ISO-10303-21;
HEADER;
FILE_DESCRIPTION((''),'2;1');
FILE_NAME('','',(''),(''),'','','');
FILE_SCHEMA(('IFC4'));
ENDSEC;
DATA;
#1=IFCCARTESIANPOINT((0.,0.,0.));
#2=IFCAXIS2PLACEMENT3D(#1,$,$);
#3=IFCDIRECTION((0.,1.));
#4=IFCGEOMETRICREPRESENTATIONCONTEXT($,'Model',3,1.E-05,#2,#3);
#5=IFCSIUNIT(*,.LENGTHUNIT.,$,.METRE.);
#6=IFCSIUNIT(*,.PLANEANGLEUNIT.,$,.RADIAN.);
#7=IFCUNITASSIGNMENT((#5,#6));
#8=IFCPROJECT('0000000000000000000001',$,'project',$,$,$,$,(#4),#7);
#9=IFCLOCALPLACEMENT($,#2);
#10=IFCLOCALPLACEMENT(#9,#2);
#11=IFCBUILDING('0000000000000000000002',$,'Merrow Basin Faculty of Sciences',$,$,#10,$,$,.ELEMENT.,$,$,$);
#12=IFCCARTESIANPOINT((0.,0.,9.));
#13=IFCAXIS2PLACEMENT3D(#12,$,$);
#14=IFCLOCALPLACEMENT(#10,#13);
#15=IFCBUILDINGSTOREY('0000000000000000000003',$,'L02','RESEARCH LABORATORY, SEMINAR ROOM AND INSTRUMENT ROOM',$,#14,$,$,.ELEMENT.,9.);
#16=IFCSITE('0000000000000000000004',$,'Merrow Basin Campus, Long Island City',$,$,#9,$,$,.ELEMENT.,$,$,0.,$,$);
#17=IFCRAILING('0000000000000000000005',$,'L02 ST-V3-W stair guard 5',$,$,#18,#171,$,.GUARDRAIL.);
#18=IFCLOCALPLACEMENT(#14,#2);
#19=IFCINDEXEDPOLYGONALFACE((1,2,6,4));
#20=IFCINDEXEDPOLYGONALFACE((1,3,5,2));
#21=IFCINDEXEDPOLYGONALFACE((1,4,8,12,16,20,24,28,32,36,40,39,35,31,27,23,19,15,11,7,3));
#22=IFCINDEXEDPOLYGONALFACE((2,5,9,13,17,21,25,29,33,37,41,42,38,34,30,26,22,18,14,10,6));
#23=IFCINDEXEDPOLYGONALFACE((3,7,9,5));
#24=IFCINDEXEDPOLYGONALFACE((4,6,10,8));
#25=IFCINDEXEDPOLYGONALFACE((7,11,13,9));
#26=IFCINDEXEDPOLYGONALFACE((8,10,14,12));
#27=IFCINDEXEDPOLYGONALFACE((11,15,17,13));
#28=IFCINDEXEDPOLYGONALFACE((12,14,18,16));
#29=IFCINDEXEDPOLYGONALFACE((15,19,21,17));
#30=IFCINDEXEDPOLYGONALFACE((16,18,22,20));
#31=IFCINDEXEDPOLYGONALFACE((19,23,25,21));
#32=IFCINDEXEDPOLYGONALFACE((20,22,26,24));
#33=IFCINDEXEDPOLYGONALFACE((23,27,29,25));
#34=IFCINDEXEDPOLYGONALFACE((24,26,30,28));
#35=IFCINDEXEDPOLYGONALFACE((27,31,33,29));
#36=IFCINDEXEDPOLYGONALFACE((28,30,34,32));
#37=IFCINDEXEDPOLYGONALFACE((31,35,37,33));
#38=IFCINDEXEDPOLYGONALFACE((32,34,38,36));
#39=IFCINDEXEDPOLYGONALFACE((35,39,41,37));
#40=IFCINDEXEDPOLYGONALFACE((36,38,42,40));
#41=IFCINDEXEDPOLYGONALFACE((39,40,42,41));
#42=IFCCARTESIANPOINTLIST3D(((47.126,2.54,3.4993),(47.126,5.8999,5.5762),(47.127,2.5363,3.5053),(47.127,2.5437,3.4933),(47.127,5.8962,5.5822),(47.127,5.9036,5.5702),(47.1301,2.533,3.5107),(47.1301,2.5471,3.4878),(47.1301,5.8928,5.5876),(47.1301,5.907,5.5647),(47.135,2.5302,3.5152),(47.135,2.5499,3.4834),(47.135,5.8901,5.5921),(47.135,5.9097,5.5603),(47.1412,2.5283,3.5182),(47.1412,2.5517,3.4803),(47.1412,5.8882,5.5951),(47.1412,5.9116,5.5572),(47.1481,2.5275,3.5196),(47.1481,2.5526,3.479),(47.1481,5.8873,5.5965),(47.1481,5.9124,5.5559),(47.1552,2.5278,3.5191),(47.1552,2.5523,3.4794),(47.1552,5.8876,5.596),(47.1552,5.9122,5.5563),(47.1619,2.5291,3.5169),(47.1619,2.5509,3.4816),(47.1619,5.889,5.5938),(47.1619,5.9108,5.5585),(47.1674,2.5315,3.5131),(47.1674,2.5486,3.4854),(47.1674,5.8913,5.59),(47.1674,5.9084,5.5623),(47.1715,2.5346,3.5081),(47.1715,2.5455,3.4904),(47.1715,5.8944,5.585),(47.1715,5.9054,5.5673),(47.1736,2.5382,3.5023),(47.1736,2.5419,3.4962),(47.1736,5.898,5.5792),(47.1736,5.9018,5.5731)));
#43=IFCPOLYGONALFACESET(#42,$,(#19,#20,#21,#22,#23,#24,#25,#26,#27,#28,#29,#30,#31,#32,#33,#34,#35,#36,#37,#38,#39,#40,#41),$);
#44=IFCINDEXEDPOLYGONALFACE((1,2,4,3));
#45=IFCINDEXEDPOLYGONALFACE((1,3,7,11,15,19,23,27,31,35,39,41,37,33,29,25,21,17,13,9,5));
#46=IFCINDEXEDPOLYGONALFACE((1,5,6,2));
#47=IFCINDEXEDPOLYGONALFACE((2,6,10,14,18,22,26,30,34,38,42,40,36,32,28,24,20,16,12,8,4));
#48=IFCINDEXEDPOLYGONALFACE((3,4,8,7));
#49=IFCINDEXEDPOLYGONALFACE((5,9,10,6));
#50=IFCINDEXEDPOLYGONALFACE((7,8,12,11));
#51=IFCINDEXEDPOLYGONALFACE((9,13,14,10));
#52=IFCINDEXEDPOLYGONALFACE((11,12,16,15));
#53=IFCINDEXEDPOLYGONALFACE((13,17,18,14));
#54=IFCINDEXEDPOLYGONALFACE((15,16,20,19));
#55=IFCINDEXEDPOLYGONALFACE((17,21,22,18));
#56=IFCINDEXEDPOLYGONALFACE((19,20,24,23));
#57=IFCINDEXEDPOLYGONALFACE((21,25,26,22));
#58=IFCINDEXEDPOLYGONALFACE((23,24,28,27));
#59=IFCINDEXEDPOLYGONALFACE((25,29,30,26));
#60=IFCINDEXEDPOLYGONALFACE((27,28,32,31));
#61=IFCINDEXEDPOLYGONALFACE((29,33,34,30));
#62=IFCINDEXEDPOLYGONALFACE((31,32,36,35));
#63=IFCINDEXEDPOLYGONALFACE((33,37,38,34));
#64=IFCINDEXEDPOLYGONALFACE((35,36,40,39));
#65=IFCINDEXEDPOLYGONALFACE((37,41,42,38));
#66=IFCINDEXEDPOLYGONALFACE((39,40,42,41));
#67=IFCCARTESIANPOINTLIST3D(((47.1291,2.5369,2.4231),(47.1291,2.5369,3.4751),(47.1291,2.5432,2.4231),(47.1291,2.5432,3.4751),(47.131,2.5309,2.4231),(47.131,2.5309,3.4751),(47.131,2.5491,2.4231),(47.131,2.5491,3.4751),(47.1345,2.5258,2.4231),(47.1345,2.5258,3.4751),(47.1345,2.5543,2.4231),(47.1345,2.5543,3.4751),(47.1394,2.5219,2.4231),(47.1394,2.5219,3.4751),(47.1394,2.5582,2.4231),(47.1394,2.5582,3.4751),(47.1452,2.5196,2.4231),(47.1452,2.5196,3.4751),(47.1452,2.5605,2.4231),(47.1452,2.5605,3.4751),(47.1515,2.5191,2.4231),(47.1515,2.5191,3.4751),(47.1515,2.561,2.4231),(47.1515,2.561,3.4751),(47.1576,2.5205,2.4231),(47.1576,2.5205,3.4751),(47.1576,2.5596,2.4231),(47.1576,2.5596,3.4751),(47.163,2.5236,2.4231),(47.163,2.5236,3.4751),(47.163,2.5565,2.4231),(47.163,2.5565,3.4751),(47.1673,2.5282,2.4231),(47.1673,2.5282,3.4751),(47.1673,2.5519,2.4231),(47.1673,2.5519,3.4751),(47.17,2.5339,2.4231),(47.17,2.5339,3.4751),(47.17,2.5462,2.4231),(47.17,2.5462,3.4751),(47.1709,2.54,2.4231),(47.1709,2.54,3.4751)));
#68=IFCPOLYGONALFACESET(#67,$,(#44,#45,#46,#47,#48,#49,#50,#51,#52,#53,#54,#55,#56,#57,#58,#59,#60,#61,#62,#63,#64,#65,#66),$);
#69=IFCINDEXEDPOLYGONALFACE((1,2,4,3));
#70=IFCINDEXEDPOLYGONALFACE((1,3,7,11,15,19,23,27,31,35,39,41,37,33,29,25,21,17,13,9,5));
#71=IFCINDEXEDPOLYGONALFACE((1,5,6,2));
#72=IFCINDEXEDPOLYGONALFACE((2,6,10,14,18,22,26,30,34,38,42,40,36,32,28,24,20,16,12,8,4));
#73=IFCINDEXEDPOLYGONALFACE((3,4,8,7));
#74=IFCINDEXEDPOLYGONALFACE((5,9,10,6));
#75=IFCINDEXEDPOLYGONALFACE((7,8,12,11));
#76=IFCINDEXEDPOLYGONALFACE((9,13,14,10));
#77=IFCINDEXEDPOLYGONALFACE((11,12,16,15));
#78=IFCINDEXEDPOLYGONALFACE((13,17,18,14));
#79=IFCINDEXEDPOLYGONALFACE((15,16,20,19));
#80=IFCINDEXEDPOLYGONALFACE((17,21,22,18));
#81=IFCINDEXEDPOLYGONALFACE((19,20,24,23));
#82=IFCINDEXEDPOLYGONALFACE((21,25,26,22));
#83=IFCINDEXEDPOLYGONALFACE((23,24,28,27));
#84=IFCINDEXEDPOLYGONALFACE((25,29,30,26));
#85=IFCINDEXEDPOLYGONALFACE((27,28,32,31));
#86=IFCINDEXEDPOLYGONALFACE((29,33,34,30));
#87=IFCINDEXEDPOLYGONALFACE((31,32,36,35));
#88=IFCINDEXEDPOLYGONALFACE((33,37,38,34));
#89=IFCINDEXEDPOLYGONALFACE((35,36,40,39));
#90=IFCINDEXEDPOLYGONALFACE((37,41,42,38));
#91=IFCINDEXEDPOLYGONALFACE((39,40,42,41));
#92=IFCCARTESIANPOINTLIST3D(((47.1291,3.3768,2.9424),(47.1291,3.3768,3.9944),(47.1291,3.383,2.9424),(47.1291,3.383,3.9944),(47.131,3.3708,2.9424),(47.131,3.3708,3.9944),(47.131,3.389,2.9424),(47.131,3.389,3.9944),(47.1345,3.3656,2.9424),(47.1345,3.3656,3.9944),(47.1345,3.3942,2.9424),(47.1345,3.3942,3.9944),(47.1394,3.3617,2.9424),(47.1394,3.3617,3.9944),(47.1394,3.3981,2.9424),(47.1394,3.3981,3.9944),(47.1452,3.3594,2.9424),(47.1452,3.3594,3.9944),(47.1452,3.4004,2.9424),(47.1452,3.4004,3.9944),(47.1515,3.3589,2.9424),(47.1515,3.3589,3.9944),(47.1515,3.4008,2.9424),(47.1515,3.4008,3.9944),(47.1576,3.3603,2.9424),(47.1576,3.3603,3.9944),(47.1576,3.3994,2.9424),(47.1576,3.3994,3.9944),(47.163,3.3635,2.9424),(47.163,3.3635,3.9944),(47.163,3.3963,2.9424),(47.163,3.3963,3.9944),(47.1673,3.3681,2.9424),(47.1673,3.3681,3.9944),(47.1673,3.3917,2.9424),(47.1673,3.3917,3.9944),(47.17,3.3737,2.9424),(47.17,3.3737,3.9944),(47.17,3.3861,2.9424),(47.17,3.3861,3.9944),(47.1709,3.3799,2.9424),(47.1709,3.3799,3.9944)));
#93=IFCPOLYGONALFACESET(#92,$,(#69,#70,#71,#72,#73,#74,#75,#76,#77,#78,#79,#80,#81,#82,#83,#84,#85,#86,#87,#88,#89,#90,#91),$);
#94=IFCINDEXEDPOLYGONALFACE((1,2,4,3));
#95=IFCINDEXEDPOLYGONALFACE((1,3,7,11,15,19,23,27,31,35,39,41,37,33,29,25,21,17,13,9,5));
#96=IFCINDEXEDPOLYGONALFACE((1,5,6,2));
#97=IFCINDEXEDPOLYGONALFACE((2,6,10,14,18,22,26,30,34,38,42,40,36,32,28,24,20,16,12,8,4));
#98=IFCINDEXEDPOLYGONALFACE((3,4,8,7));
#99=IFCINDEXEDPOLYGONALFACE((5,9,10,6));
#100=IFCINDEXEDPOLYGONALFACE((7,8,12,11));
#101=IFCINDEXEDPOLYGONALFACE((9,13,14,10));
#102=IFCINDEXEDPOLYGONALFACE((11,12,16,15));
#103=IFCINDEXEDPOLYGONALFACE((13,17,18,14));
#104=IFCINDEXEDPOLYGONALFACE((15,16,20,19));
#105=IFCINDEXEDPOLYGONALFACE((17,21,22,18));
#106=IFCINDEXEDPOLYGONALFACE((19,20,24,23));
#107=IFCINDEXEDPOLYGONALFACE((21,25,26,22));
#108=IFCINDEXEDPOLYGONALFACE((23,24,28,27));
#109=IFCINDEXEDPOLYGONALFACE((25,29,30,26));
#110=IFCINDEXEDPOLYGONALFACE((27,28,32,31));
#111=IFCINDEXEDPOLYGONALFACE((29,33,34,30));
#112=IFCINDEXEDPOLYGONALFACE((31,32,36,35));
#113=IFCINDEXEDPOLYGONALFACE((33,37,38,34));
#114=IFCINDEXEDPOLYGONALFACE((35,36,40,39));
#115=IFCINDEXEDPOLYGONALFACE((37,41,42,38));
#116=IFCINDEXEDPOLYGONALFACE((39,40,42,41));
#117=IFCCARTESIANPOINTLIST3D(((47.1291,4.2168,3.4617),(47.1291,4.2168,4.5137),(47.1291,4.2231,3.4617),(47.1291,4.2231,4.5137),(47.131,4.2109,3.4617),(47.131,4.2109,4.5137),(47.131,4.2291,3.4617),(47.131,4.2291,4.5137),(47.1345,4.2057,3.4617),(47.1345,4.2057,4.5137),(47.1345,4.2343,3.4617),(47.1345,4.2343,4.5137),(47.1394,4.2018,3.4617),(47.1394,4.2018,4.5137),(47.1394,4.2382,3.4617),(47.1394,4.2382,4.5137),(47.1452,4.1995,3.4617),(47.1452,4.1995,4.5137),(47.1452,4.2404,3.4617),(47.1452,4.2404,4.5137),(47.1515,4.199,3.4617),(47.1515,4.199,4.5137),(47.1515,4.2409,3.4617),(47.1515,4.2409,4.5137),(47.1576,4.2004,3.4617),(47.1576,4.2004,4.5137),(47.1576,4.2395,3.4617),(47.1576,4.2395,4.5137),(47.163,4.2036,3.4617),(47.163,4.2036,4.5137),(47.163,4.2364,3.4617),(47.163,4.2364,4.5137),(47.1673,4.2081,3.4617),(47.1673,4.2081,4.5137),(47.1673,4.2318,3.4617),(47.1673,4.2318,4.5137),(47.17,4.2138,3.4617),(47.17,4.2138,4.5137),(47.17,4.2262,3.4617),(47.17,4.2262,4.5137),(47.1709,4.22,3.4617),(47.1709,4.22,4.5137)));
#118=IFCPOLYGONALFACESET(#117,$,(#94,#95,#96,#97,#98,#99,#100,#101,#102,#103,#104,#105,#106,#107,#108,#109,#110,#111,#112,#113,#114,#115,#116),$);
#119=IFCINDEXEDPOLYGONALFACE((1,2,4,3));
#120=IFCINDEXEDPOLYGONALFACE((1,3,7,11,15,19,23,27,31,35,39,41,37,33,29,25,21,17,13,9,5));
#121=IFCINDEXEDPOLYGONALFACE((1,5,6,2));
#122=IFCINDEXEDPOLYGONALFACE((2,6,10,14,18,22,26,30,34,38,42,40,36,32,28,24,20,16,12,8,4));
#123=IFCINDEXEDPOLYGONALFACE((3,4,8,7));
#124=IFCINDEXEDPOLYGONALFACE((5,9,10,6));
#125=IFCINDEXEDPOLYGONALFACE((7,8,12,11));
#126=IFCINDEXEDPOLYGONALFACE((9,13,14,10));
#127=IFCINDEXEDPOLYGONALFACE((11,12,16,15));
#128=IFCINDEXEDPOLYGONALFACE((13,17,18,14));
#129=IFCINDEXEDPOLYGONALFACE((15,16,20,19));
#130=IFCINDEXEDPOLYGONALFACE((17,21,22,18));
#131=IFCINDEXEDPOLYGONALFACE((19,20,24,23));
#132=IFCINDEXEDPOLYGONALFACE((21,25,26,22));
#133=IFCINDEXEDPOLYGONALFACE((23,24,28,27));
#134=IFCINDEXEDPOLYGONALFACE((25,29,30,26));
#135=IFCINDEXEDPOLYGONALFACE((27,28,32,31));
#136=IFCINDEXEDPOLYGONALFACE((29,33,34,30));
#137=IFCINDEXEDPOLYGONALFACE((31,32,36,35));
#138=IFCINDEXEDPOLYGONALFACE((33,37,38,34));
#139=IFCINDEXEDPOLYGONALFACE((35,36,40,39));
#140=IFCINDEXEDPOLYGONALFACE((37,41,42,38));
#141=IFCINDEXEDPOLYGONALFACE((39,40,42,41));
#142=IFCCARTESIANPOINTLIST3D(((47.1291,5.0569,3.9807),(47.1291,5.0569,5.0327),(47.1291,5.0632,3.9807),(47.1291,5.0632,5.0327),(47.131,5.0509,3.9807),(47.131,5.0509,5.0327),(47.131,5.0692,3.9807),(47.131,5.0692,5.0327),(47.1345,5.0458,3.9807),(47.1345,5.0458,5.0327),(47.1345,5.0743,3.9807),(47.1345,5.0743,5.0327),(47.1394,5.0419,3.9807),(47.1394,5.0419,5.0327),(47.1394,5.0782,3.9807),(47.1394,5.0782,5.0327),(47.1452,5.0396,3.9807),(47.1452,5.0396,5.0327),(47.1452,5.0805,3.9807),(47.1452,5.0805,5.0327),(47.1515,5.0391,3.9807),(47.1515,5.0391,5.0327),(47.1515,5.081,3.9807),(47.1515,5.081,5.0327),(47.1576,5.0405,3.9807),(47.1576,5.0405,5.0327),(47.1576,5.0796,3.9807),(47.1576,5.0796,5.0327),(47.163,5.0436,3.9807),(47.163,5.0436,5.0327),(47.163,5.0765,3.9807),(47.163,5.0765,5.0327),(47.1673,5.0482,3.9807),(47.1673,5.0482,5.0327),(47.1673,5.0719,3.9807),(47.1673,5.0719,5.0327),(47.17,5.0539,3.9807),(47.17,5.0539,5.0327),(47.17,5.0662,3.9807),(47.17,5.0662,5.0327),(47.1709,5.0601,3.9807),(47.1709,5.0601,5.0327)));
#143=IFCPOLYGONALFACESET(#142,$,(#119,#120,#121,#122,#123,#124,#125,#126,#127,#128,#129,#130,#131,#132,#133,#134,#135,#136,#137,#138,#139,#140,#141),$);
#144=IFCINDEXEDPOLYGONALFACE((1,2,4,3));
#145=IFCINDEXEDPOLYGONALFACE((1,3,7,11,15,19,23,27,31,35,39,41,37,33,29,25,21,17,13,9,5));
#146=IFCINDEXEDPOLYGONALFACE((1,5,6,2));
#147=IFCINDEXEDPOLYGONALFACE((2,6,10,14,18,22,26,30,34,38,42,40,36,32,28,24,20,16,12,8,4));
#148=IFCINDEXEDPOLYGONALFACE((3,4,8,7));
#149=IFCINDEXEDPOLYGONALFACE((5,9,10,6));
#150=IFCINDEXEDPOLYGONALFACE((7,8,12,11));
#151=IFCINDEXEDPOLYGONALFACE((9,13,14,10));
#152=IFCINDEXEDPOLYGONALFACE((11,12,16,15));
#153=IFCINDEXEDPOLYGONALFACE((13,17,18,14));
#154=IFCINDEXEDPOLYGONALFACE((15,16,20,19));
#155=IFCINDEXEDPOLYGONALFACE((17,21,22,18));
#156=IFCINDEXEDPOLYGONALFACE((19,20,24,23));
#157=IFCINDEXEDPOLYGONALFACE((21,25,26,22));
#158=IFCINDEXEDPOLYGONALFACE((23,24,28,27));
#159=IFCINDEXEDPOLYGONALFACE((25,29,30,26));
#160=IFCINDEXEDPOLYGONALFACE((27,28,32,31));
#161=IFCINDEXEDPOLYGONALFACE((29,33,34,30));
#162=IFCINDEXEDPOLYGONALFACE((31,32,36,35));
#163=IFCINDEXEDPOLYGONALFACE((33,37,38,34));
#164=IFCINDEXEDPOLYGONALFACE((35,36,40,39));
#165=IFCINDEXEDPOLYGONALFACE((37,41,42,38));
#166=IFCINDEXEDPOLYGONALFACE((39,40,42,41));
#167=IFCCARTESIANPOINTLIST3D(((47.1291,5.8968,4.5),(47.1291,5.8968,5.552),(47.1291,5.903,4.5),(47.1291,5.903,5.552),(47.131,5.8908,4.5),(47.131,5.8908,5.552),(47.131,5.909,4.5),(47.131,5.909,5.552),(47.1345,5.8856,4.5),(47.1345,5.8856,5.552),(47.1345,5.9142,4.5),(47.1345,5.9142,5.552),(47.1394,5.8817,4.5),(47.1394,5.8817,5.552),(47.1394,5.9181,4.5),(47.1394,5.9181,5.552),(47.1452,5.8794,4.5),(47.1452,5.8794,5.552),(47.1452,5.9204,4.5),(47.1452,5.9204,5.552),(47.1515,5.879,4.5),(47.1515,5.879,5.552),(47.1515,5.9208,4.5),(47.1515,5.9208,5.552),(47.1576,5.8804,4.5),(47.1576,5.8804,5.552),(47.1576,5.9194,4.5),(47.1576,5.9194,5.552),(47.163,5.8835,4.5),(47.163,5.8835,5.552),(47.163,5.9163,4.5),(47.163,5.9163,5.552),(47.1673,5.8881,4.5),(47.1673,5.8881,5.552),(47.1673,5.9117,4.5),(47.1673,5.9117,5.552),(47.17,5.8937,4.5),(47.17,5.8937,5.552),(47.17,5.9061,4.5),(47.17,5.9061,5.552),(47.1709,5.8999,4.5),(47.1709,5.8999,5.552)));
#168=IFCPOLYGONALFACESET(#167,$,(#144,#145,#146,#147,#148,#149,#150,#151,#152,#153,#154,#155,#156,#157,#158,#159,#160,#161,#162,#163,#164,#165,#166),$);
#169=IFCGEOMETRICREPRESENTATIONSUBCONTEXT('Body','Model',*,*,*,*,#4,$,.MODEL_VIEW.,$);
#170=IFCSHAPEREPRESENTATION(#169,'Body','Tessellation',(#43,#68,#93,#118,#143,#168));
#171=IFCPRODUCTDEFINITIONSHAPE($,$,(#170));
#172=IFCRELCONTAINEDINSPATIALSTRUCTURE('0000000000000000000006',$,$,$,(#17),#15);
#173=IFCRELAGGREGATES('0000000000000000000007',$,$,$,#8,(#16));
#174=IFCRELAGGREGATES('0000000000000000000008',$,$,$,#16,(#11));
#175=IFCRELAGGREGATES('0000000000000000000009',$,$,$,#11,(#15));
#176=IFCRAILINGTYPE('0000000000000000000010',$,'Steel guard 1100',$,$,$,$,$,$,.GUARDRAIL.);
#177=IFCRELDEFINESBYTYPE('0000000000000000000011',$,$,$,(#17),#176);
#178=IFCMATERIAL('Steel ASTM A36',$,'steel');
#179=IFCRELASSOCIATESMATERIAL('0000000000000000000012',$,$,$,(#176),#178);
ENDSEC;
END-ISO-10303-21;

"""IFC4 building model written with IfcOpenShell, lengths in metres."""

from ifc_helpers import new_model, si_unit, direction, frame, origin, origin_2d, place, context, subcontext, project, spatial, circle, extrude, material, type_object, element, save


model = new_model("IFC4")

# Units and contexts
model_context = context("Model", 3, precision=1e-05, world=origin(), true_north=direction((0.0, 1.0)))
body_context = subcontext(model_context, "Body", "Model", "MODEL_VIEW")
ifc_project = project(units=[si_unit("LENGTHUNIT", "METRE"), si_unit("PLANEANGLEUNIT", "RADIAN")], contexts=[model_context])

# Site, building, storey
site_placement = place(None, origin())
site = spatial("IfcSite", under=ifc_project, at=site_placement, Name="Merrow Basin Campus, Long Island City", CompositionType="ELEMENT", RefElevation=0.0)
building_placement = place(site_placement, origin())
building = spatial("IfcBuilding", under=site, at=building_placement, Name="Merrow Basin Faculty of Sciences", CompositionType="ELEMENT")
storey_placement = place(building_placement, frame((0.0, 0.0, 9.0)))
storey = spatial("IfcBuildingStorey", under=building, at=storey_placement, Name="L02", Description="RESEARCH LABORATORY, SEMINAR ROOM AND INSTRUMENT ROOM", CompositionType="ELEMENT", Elevation=9.0)

# Railing
ifc_material_1 = material(Name="Steel ASTM A36", Category="steel")
railing_type_1 = type_object("IfcRailingType", Name="Steel guard 1100", PredefinedType="GUARDRAIL", material=ifc_material_1)
railing_1_placement = place(storey_placement, frame((47.1499, 2.54, 2.4231)))
element("IfcRailing", 1, at=railing_1_placement, inside=storey, type_object=railing_type_1, Name="L02 ST-V3-W stair guard 5", PredefinedType="GUARDRAIL", context=body_context, shape_type="SweptSolid", body=[
    extrude(circle(Radius=0.0239, at=origin_2d()), frame((0.0, 0.0, 1.0762), z_axis=(0.0, 0.850606, 0.525803), x_axis=(-1.0, 0.0, 0.0)), (0.0, 0.0, 1.0), 3.95),
    extrude(circle(Radius=0.021, at=origin_2d()), origin(), (0.0, 0.0, 1.0), 1.052),
    extrude(circle(Radius=0.021, at=origin_2d()), frame((0.0, 0.8398, 0.5193)), (0.0, 0.0, 1.0), 1.052),
    extrude(circle(Radius=0.021, at=origin_2d()), frame((0.0, 1.6799, 1.0386)), (0.0, 0.0, 1.0), 1.052),
    extrude(circle(Radius=0.021, at=origin_2d()), frame((0.0, 2.52, 1.5576)), (0.0, 0.0, 1.0), 1.052),
    extrude(circle(Radius=0.021, at=origin_2d()), frame((0.0, 3.3599, 2.0769)), (0.0, 0.0, 1.0), 1.052),
])

save(model, "model.ifc")
